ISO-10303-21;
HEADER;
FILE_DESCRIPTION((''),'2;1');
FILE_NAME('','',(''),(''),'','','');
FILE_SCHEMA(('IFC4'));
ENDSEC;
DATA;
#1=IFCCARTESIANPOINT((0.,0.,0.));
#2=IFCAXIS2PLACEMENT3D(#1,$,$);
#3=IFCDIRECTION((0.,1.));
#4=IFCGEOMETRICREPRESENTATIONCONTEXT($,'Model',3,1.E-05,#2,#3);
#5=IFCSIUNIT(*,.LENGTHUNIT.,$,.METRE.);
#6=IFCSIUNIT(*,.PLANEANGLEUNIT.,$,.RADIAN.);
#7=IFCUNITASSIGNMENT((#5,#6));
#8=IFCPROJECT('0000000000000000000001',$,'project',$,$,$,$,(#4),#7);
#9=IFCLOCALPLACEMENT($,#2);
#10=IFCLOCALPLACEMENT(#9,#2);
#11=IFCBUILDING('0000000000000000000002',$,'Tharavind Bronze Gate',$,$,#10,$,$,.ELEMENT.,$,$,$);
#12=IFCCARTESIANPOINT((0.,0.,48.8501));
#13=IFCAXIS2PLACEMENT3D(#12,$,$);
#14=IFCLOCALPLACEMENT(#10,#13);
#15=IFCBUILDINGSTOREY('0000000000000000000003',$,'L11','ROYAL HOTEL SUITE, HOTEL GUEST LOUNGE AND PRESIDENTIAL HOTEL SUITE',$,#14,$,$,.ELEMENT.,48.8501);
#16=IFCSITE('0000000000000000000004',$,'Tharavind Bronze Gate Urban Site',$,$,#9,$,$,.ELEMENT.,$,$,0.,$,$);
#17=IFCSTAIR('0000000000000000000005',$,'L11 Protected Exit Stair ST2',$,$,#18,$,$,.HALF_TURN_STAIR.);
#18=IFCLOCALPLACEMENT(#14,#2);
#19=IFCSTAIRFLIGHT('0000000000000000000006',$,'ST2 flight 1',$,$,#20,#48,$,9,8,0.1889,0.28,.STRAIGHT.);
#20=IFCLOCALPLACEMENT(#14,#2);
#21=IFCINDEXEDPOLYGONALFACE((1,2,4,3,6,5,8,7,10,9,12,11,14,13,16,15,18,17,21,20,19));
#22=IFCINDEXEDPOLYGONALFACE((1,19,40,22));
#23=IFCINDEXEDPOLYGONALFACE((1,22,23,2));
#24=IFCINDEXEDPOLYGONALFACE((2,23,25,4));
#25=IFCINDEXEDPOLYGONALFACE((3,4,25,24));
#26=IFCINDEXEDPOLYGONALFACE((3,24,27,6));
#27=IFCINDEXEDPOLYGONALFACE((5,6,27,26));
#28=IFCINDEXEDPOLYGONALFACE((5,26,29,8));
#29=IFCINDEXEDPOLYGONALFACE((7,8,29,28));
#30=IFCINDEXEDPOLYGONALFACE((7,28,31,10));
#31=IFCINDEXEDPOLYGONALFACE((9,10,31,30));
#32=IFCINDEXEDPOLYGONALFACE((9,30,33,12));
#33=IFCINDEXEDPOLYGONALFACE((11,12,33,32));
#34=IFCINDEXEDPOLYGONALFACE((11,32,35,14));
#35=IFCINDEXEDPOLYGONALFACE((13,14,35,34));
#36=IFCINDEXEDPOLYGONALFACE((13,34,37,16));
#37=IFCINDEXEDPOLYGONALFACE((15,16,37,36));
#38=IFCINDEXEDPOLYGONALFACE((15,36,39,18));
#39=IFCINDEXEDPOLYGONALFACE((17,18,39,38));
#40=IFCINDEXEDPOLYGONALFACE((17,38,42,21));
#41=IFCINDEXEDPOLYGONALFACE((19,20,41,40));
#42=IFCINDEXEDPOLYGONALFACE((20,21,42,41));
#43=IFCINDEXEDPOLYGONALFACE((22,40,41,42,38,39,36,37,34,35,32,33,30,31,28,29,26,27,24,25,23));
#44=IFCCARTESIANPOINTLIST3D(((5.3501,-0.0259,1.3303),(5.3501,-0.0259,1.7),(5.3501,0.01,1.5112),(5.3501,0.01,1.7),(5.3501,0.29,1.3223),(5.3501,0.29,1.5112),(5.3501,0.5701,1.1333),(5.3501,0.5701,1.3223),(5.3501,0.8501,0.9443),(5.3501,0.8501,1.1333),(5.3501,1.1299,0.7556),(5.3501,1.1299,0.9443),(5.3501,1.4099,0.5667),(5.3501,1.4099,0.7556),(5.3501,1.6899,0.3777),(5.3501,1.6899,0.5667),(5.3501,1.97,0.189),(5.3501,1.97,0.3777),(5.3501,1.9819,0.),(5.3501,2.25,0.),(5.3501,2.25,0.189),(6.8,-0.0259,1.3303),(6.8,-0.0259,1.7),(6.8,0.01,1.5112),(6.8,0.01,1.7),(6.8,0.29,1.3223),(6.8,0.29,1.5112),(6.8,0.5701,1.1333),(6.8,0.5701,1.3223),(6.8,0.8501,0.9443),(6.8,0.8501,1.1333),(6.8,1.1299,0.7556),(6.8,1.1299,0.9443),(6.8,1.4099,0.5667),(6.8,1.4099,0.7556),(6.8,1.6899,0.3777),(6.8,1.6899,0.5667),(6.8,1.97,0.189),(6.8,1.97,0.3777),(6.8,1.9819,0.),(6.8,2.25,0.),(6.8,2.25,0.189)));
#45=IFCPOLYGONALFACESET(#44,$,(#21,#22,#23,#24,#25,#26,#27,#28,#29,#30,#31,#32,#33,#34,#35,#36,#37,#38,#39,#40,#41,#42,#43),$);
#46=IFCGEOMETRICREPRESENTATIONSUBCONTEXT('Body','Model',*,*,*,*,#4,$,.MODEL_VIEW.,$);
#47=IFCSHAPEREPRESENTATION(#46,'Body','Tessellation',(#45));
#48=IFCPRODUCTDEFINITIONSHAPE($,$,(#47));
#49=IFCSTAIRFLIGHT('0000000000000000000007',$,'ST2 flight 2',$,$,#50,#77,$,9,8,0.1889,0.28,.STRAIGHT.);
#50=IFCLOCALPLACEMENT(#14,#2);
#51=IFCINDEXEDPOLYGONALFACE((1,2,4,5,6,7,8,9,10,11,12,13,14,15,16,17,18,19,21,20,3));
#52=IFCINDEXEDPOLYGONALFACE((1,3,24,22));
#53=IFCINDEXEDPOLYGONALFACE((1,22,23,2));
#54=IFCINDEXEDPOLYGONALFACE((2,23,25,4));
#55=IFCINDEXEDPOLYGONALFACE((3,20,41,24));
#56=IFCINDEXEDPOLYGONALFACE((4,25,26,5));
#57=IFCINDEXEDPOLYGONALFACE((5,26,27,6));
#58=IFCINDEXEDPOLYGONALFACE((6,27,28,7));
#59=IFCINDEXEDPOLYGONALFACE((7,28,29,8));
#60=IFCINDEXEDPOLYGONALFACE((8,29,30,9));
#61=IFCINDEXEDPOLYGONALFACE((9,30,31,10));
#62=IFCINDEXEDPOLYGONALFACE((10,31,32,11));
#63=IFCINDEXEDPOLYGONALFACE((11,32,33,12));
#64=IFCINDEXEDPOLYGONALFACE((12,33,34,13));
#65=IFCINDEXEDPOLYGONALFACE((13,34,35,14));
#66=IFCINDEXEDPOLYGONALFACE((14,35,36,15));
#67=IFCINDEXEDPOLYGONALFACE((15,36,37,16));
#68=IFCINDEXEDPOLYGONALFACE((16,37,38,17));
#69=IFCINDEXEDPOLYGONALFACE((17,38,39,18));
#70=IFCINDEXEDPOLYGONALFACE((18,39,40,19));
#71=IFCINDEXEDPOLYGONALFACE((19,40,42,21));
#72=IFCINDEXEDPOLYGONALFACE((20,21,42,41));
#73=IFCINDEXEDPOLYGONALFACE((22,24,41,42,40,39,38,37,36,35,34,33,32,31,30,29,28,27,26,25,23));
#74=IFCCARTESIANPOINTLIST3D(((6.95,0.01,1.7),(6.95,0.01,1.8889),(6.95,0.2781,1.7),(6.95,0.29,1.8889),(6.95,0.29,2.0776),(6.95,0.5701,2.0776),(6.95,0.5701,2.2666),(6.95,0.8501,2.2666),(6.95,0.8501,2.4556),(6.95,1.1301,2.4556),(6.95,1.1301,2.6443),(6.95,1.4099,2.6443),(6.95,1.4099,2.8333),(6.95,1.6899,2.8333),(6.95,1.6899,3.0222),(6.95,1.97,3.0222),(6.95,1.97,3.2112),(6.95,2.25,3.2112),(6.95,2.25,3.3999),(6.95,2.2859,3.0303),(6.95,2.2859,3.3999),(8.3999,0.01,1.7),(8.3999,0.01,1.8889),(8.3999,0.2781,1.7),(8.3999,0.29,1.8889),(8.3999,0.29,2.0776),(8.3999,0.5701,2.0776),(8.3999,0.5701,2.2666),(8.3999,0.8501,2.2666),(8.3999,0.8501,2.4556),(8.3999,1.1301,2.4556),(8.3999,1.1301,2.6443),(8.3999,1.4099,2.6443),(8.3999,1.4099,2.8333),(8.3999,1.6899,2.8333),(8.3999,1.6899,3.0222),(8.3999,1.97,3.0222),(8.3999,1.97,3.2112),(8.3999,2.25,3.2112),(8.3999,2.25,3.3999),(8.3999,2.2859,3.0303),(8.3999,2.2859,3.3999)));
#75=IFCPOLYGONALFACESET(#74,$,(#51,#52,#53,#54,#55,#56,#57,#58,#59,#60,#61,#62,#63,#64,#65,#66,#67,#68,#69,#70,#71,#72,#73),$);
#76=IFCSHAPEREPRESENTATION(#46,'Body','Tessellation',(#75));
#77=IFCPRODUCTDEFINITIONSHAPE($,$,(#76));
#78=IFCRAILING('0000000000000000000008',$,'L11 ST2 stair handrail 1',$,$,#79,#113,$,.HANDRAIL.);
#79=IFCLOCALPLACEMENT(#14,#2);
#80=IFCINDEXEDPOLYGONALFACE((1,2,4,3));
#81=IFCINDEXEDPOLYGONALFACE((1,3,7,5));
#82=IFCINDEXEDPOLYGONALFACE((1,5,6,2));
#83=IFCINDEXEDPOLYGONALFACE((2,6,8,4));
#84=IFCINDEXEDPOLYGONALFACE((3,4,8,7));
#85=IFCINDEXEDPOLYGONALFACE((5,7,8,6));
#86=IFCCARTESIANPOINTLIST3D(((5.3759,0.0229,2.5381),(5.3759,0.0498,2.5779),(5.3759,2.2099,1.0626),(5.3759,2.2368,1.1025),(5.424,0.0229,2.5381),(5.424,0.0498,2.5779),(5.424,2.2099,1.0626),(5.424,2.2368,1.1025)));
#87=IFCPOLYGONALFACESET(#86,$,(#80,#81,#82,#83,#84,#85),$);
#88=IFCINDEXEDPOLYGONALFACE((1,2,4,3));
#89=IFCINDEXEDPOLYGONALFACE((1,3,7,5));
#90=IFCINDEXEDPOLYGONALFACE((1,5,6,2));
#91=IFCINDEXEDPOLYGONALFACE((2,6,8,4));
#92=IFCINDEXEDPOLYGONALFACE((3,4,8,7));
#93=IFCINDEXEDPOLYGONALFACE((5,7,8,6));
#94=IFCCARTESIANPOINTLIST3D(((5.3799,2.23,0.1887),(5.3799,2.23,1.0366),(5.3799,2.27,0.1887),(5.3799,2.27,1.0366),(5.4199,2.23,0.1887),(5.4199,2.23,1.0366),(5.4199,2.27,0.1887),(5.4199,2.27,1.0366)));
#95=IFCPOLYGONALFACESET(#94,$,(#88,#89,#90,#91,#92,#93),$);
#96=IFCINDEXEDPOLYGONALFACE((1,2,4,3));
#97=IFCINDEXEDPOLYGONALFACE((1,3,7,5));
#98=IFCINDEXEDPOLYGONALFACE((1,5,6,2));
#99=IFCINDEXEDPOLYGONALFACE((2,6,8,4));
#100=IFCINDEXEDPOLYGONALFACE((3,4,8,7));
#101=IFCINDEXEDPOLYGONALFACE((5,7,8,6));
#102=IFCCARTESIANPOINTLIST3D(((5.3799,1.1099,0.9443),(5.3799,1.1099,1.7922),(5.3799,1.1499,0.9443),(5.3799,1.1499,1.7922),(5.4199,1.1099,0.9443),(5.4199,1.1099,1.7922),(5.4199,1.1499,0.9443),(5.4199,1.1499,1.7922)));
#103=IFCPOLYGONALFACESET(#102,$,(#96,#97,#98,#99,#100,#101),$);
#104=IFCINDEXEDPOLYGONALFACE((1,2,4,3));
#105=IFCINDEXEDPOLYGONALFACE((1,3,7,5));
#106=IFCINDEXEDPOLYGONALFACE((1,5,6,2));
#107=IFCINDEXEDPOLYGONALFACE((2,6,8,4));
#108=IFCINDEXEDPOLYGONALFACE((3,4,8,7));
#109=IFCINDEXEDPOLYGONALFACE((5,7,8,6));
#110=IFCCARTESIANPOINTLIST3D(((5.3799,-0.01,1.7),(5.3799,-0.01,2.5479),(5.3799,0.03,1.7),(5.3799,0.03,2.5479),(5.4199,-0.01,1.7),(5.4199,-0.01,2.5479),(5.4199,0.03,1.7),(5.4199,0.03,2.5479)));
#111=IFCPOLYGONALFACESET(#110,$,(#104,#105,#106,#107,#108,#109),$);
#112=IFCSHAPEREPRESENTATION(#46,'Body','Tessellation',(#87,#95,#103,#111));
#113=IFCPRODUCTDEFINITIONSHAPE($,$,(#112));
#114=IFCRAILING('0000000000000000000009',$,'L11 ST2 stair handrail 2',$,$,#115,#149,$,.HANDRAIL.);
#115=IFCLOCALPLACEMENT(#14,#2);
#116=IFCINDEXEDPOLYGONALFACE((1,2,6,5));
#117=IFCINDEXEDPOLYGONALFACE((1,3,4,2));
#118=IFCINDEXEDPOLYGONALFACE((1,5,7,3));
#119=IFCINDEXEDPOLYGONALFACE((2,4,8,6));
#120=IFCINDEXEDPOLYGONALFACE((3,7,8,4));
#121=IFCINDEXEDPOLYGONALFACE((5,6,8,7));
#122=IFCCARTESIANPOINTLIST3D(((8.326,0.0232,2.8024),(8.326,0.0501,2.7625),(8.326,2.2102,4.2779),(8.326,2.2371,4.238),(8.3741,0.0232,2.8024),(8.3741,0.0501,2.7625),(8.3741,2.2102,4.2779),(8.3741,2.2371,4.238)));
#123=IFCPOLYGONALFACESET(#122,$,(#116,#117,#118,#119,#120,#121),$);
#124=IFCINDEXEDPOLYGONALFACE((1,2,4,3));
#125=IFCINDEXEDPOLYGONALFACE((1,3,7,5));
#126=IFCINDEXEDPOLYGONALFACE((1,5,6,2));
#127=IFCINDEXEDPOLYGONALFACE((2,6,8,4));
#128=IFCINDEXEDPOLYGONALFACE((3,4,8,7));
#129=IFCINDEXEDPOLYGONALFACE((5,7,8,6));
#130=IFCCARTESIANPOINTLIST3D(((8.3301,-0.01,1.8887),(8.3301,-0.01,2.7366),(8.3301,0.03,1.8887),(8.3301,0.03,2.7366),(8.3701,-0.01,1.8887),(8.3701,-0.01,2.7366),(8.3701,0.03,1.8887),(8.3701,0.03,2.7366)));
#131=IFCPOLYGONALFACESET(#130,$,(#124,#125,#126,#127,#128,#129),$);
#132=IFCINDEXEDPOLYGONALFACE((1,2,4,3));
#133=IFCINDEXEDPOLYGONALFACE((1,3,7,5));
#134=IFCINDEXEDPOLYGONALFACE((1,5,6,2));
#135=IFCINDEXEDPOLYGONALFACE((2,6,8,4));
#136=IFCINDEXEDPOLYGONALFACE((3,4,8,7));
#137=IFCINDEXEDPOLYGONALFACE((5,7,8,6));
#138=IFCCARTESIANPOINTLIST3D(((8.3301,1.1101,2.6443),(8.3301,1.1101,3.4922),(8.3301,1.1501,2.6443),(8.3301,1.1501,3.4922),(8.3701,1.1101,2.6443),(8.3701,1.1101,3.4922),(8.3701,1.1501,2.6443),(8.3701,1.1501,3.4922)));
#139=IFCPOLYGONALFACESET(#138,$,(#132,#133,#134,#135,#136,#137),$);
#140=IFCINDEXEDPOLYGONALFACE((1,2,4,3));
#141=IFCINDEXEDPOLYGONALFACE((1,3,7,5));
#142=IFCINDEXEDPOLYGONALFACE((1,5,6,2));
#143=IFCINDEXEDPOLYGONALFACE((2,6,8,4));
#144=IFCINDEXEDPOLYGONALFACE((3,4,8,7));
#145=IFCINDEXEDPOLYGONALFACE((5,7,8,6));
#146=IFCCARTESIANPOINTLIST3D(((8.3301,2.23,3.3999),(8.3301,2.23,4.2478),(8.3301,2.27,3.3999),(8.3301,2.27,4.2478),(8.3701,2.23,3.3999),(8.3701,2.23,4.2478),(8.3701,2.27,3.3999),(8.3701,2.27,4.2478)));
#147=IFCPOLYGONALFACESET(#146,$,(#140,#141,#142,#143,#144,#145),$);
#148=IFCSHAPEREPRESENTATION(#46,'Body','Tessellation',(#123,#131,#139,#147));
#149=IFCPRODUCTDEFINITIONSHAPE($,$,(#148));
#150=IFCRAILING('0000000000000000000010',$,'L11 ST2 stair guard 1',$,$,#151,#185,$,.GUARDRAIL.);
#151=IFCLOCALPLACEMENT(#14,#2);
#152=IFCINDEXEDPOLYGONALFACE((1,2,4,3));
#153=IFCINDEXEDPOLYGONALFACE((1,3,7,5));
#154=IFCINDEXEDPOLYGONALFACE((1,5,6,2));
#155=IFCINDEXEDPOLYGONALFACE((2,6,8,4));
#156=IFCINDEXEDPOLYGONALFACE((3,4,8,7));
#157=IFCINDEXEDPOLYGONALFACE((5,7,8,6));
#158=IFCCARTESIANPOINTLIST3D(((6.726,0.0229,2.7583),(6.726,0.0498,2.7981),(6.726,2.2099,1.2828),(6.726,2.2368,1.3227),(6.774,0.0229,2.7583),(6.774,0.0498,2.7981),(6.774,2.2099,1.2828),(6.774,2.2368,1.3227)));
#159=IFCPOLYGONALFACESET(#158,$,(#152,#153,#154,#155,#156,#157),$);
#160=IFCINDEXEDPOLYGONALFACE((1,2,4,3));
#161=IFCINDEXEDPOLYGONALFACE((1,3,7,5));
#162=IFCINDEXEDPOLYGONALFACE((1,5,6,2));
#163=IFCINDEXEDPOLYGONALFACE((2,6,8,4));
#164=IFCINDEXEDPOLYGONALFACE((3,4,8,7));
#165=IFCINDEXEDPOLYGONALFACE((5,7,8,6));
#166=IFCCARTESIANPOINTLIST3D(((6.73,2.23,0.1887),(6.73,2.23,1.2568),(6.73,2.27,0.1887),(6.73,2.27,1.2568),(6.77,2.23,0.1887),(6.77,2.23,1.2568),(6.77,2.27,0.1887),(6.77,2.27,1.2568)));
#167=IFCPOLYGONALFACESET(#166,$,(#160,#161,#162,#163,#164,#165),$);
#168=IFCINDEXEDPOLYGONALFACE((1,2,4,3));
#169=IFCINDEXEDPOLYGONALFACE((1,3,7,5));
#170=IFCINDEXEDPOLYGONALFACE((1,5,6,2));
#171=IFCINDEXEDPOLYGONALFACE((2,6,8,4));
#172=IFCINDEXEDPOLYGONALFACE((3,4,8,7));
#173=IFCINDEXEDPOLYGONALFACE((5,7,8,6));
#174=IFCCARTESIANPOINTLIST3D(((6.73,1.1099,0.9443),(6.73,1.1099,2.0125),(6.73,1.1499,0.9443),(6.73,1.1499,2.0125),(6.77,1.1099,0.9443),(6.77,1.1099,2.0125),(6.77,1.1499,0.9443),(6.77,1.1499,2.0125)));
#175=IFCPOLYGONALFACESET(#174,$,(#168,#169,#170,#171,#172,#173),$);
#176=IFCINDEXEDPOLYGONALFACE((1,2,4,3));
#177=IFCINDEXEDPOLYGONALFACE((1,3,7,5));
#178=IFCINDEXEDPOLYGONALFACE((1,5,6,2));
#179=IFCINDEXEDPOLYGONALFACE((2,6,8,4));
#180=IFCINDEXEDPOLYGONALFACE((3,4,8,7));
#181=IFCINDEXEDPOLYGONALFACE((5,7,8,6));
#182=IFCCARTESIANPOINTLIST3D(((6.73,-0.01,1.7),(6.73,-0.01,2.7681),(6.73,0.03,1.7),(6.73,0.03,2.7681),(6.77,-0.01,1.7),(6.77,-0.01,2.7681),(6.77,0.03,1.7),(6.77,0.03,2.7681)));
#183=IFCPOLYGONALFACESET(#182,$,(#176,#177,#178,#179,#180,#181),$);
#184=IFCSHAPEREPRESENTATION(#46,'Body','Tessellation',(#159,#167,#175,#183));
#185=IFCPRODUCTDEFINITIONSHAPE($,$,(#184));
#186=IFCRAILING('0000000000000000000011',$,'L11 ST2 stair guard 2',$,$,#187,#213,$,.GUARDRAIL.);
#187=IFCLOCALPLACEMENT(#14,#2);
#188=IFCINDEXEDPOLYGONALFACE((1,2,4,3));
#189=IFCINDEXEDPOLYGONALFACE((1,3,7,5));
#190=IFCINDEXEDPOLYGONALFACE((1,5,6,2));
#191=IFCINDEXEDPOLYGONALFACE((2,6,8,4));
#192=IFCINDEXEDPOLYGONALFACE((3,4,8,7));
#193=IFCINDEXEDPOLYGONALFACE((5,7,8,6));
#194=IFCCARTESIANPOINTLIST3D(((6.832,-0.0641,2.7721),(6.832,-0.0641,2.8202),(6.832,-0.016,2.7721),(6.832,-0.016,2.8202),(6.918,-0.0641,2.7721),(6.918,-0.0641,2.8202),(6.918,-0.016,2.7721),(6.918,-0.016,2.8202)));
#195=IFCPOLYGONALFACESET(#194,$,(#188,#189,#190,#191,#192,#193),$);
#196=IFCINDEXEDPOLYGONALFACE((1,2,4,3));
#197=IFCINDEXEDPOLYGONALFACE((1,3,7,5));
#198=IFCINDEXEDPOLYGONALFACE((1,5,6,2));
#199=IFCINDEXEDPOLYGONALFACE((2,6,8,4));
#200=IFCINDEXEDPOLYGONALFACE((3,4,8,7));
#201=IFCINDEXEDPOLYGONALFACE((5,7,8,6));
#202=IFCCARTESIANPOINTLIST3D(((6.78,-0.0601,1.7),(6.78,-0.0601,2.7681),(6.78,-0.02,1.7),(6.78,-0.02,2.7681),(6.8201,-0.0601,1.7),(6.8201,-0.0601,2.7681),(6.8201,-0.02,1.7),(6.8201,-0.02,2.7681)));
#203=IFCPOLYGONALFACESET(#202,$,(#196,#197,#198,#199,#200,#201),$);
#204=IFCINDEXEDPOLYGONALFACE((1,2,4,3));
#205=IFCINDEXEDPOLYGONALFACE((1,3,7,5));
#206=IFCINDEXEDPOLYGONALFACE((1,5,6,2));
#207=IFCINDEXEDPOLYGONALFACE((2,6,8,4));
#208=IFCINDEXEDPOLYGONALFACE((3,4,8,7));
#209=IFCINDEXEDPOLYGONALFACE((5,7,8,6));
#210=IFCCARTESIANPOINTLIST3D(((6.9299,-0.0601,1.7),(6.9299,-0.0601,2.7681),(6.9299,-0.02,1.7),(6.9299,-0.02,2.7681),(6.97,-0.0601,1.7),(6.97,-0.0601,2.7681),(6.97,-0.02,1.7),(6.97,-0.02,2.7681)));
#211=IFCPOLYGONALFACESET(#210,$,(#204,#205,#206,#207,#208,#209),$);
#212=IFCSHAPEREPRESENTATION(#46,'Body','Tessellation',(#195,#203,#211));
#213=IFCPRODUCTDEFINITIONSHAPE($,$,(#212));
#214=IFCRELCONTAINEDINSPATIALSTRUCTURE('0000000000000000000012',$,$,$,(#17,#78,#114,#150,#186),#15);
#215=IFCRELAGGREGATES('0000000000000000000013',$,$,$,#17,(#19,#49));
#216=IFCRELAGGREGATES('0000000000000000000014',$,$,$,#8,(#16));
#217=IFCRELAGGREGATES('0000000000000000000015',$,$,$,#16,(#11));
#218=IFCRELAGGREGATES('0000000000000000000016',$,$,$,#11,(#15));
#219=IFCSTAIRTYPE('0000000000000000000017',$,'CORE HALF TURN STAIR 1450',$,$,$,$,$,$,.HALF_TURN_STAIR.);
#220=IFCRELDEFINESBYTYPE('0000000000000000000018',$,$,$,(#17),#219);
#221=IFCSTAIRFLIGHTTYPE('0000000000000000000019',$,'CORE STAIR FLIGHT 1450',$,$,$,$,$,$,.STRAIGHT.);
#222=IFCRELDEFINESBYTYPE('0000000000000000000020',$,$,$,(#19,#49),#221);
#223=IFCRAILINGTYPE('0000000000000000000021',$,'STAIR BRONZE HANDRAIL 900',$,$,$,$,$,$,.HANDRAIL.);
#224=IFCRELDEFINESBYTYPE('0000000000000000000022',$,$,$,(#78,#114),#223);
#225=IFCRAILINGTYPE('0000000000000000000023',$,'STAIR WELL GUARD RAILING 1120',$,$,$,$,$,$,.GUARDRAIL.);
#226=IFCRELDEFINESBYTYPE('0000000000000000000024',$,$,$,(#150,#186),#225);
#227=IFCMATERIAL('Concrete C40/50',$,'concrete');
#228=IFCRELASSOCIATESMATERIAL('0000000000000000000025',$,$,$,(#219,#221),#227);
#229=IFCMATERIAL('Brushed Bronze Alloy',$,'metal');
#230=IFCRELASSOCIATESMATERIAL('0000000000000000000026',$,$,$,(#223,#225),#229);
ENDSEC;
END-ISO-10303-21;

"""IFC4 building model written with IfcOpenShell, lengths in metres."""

from ifc_helpers import new_model, si_unit, direction, frame, origin, origin_2d, place, context, subcontext, project, spatial, polyline, rectangle, outline, extrude, material, type_object, element, aggregate, save


model = new_model("IFC4")

# Units and contexts
model_context = context("Model", 3, precision=1e-05, world=origin(), true_north=direction((0.0, 1.0)))
body_context = subcontext(model_context, "Body", "Model", "MODEL_VIEW")
ifc_project = project(units=[si_unit("LENGTHUNIT", "METRE"), si_unit("PLANEANGLEUNIT", "RADIAN")], contexts=[model_context])

# Site, building, storey
site_placement = place(None, origin())
site = spatial("IfcSite", under=ifc_project, at=site_placement, Name="Tharavind Bronze Gate Urban Site", CompositionType="ELEMENT", RefElevation=0.0)
building_placement = place(site_placement, origin())
building = spatial("IfcBuilding", under=site, at=building_placement, Name="Tharavind Bronze Gate", CompositionType="ELEMENT")
storey_placement = place(building_placement, frame((0.0, 0.0, 48.8501)))
storey = spatial("IfcBuildingStorey", under=building, at=storey_placement, Name="L11", Description="ROYAL HOTEL SUITE, HOTEL GUEST LOUNGE AND PRESIDENTIAL HOTEL SUITE", CompositionType="ELEMENT", Elevation=48.8501)

# Shared definitions
ifc_material_1 = material(Name="Concrete C40/50", Category="concrete")

# Stair, stair flights
stair_type = type_object("IfcStairType", Name="CORE HALF TURN STAIR 1450", PredefinedType="HALF_TURN_STAIR", material=ifc_material_1)
stair_placement = place(storey_placement, origin())
stair = element("IfcStair", 1, at=stair_placement, inside=storey, type_object=stair_type, Name="L11 Protected Exit Stair ST2", PredefinedType="HALF_TURN_STAIR")
stair_flight_type = type_object("IfcStairFlightType", Name="CORE STAIR FLIGHT 1450", PredefinedType="STRAIGHT", material=ifc_material_1)
stair_flight_1_placement = place(storey_placement, frame((6.075, 2.25, 0.0), z_axis=(0.0, 0.0, 1.0), x_axis=(0.0, -1.0, 0.0)))
stair_flight_1 = element("IfcStairFlight", 2, at=stair_flight_1_placement, type_object=stair_flight_type, Name="ST2 flight 1", NumberOfRisers=9, NumberOfTreads=8, PredefinedType="STRAIGHT", RiserHeight=0.1889, TreadLength=0.28, context=body_context, shape_type="SweptSolid", body=[
    extrude(outline(polyline([(0.0, 0.0), (0.0, 0.189), (0.28, 0.189), (0.28, 0.3777), (0.5601, 0.3777), (0.5601, 0.5667), (0.8401, 0.5667), (0.8401, 0.7556), (1.1201, 0.7556), (1.1201, 0.9443), (1.3999, 0.9443), (1.3999, 1.1333), (1.6799, 1.1333), (1.6799, 1.3223), (1.96, 1.3223), (1.96, 1.5112), (2.24, 1.5112), (2.24, 1.7), (2.2759, 1.7), (2.2759, 1.3303), (0.2681, 0.0), (0.0, 0.0)])), frame((0.0, 0.7251, 0.0), z_axis=(0.0, -1.0, 0.0), x_axis=(1.0, 0.0, 0.0)), (0.0, 0.0, 1.0), 1.45),
])
stair_flight_2_placement = place(storey_placement, frame((7.675, 0.01, 1.7), z_axis=(0.0, 0.0, 1.0), x_axis=(0.0, 1.0, 0.0)))
stair_flight_2 = element("IfcStairFlight", 3, at=stair_flight_2_placement, type_object=stair_flight_type, Name="ST2 flight 2", NumberOfRisers=9, NumberOfTreads=8, PredefinedType="STRAIGHT", RiserHeight=0.1889, TreadLength=0.28, context=body_context, shape_type="SweptSolid", body=[
    extrude(outline(polyline([(0.0, 0.0), (0.0, 0.189), (0.28, 0.189), (0.28, 0.3777), (0.5601, 0.3777), (0.5601, 0.5667), (0.8401, 0.5667), (0.8401, 0.7556), (1.1201, 0.7556), (1.1201, 0.9443), (1.3999, 0.9443), (1.3999, 1.1333), (1.6799, 1.1333), (1.6799, 1.3223), (1.96, 1.3223), (1.96, 1.5112), (2.24, 1.5112), (2.24, 1.7), (2.2759, 1.7), (2.2759, 1.3303), (0.2681, 0.0), (0.0, 0.0)])), frame((0.0, 0.7251, 0.0), z_axis=(0.0, -1.0, 0.0), x_axis=(1.0, 0.0, 0.0)), (0.0, 0.0, 1.0), 1.45),
])
aggregate(stair, [stair_flight_1, stair_flight_2])

# Railings
ifc_material_2 = material(Name="Brushed Bronze Alloy", Category="metal")
railing_type_1 = type_object("IfcRailingType", Name="STAIR BRONZE HANDRAIL 900", PredefinedType="HANDRAIL", material=ifc_material_2)
railing_1_placement = place(storey_placement, frame((5.3999, 2.25, 0.1887)))
element("IfcRailing", 4, at=railing_1_placement, inside=storey, type_object=railing_type_1, Name="L11 ST2 stair handrail 1", PredefinedType="HANDRAIL", context=body_context, shape_type="SweptSolid", body=[
    extrude(rectangle(XDim=0.0481, YDim=0.0481, at=origin_2d()), frame((0.0, -0.0266, 0.8938), z_axis=(0.0, -0.82898, 0.559279), x_axis=(1.0, 0.0, 0.0)), (0.0, 0.0, 1.0), 2.6382),
    extrude(rectangle(XDim=0.04, YDim=0.04, at=origin_2d()), origin(), (0.0, 0.0, 1.0), 0.8479),
    extrude(rectangle(XDim=0.04, YDim=0.04, at=origin_2d()), frame((0.0, -1.1201, 0.7556)), (0.0, 0.0, 1.0), 0.8479),
    extrude(rectangle(XDim=0.04, YDim=0.04, at=origin_2d()), frame((0.0, -2.24, 1.5112)), (0.0, 0.0, 1.0), 0.8479),
])
railing_2_placement = place(storey_placement, frame((8.3501, 0.01, 1.8887)))
element("IfcRailing", 5, at=railing_2_placement, inside=storey, type_object=railing_type_1, Name="L11 ST2 stair handrail 2", PredefinedType="HANDRAIL", context=body_context, shape_type="SweptSolid", body=[
    extrude(rectangle(XDim=0.0481, YDim=0.0481, at=origin_2d()), frame((0.0, 0.0266, 0.8938), z_axis=(0.0, 0.82898, 0.559279), x_axis=(-1.0, 0.0, 0.0)), (0.0, 0.0, 1.0), 2.6382),
    extrude(rectangle(XDim=0.04, YDim=0.04, at=origin_2d()), origin(), (0.0, 0.0, 1.0), 0.8479),
    extrude(rectangle(XDim=0.04, YDim=0.04, at=origin_2d()), frame((0.0, 1.1201, 0.7556)), (0.0, 0.0, 1.0), 0.8479),
    extrude(rectangle(XDim=0.04, YDim=0.04, at=origin_2d()), frame((0.0, 2.24, 1.5112)), (0.0, 0.0, 1.0), 0.8479),
])
railing_type_2 = type_object("IfcRailingType", Name="STAIR WELL GUARD RAILING 1120", PredefinedType="GUARDRAIL", material=ifc_material_2)
railing_3_placement = place(storey_placement, frame((6.75, 2.25, 0.1887)))
element("IfcRailing", 6, at=railing_3_placement, inside=storey, type_object=railing_type_2, Name="L11 ST2 stair guard 1", PredefinedType="GUARDRAIL", context=body_context, shape_type="SweptSolid", body=[
    extrude(rectangle(XDim=0.0481, YDim=0.0481, at=origin_2d()), frame((0.0, -0.0266, 1.114), z_axis=(0.0, -0.82898, 0.559279), x_axis=(1.0, 0.0, 0.0)), (0.0, 0.0, 1.0), 2.6382),
    extrude(rectangle(XDim=0.04, YDim=0.04, at=origin_2d()), origin(), (0.0, 0.0, 1.0), 1.0681),
    extrude(rectangle(XDim=0.04, YDim=0.04, at=origin_2d()), frame((0.0, -1.1201, 0.7556)), (0.0, 0.0, 1.0), 1.0681),
    extrude(rectangle(XDim=0.04, YDim=0.04, at=origin_2d()), frame((0.0, -2.24, 1.5112)), (0.0, 0.0, 1.0), 1.0681),
])
railing_4_placement = place(storey_placement, frame((6.8, -0.04, 1.7)))
element("IfcRailing", 7, at=railing_4_placement, inside=storey, type_object=railing_type_2, Name="L11 ST2 stair guard 2", PredefinedType="GUARDRAIL", context=body_context, shape_type="SweptSolid", body=[
    extrude(rectangle(XDim=0.0481, YDim=0.0481, at=origin_2d()), frame((0.032, 0.0, 1.0962), z_axis=(1.0, 0.0, 0.0), x_axis=(0.0, 1.0, 0.0)), (0.0, 0.0, 1.0), 0.0859),
    extrude(rectangle(XDim=0.04, YDim=0.04, at=origin_2d()), origin(), (0.0, 0.0, 1.0), 1.0681),
    extrude(rectangle(XDim=0.04, YDim=0.04, at=origin_2d()), frame((0.1499, 0.0, 0.0)), (0.0, 0.0, 1.0), 1.0681),
])

save(model, "model.ifc")
